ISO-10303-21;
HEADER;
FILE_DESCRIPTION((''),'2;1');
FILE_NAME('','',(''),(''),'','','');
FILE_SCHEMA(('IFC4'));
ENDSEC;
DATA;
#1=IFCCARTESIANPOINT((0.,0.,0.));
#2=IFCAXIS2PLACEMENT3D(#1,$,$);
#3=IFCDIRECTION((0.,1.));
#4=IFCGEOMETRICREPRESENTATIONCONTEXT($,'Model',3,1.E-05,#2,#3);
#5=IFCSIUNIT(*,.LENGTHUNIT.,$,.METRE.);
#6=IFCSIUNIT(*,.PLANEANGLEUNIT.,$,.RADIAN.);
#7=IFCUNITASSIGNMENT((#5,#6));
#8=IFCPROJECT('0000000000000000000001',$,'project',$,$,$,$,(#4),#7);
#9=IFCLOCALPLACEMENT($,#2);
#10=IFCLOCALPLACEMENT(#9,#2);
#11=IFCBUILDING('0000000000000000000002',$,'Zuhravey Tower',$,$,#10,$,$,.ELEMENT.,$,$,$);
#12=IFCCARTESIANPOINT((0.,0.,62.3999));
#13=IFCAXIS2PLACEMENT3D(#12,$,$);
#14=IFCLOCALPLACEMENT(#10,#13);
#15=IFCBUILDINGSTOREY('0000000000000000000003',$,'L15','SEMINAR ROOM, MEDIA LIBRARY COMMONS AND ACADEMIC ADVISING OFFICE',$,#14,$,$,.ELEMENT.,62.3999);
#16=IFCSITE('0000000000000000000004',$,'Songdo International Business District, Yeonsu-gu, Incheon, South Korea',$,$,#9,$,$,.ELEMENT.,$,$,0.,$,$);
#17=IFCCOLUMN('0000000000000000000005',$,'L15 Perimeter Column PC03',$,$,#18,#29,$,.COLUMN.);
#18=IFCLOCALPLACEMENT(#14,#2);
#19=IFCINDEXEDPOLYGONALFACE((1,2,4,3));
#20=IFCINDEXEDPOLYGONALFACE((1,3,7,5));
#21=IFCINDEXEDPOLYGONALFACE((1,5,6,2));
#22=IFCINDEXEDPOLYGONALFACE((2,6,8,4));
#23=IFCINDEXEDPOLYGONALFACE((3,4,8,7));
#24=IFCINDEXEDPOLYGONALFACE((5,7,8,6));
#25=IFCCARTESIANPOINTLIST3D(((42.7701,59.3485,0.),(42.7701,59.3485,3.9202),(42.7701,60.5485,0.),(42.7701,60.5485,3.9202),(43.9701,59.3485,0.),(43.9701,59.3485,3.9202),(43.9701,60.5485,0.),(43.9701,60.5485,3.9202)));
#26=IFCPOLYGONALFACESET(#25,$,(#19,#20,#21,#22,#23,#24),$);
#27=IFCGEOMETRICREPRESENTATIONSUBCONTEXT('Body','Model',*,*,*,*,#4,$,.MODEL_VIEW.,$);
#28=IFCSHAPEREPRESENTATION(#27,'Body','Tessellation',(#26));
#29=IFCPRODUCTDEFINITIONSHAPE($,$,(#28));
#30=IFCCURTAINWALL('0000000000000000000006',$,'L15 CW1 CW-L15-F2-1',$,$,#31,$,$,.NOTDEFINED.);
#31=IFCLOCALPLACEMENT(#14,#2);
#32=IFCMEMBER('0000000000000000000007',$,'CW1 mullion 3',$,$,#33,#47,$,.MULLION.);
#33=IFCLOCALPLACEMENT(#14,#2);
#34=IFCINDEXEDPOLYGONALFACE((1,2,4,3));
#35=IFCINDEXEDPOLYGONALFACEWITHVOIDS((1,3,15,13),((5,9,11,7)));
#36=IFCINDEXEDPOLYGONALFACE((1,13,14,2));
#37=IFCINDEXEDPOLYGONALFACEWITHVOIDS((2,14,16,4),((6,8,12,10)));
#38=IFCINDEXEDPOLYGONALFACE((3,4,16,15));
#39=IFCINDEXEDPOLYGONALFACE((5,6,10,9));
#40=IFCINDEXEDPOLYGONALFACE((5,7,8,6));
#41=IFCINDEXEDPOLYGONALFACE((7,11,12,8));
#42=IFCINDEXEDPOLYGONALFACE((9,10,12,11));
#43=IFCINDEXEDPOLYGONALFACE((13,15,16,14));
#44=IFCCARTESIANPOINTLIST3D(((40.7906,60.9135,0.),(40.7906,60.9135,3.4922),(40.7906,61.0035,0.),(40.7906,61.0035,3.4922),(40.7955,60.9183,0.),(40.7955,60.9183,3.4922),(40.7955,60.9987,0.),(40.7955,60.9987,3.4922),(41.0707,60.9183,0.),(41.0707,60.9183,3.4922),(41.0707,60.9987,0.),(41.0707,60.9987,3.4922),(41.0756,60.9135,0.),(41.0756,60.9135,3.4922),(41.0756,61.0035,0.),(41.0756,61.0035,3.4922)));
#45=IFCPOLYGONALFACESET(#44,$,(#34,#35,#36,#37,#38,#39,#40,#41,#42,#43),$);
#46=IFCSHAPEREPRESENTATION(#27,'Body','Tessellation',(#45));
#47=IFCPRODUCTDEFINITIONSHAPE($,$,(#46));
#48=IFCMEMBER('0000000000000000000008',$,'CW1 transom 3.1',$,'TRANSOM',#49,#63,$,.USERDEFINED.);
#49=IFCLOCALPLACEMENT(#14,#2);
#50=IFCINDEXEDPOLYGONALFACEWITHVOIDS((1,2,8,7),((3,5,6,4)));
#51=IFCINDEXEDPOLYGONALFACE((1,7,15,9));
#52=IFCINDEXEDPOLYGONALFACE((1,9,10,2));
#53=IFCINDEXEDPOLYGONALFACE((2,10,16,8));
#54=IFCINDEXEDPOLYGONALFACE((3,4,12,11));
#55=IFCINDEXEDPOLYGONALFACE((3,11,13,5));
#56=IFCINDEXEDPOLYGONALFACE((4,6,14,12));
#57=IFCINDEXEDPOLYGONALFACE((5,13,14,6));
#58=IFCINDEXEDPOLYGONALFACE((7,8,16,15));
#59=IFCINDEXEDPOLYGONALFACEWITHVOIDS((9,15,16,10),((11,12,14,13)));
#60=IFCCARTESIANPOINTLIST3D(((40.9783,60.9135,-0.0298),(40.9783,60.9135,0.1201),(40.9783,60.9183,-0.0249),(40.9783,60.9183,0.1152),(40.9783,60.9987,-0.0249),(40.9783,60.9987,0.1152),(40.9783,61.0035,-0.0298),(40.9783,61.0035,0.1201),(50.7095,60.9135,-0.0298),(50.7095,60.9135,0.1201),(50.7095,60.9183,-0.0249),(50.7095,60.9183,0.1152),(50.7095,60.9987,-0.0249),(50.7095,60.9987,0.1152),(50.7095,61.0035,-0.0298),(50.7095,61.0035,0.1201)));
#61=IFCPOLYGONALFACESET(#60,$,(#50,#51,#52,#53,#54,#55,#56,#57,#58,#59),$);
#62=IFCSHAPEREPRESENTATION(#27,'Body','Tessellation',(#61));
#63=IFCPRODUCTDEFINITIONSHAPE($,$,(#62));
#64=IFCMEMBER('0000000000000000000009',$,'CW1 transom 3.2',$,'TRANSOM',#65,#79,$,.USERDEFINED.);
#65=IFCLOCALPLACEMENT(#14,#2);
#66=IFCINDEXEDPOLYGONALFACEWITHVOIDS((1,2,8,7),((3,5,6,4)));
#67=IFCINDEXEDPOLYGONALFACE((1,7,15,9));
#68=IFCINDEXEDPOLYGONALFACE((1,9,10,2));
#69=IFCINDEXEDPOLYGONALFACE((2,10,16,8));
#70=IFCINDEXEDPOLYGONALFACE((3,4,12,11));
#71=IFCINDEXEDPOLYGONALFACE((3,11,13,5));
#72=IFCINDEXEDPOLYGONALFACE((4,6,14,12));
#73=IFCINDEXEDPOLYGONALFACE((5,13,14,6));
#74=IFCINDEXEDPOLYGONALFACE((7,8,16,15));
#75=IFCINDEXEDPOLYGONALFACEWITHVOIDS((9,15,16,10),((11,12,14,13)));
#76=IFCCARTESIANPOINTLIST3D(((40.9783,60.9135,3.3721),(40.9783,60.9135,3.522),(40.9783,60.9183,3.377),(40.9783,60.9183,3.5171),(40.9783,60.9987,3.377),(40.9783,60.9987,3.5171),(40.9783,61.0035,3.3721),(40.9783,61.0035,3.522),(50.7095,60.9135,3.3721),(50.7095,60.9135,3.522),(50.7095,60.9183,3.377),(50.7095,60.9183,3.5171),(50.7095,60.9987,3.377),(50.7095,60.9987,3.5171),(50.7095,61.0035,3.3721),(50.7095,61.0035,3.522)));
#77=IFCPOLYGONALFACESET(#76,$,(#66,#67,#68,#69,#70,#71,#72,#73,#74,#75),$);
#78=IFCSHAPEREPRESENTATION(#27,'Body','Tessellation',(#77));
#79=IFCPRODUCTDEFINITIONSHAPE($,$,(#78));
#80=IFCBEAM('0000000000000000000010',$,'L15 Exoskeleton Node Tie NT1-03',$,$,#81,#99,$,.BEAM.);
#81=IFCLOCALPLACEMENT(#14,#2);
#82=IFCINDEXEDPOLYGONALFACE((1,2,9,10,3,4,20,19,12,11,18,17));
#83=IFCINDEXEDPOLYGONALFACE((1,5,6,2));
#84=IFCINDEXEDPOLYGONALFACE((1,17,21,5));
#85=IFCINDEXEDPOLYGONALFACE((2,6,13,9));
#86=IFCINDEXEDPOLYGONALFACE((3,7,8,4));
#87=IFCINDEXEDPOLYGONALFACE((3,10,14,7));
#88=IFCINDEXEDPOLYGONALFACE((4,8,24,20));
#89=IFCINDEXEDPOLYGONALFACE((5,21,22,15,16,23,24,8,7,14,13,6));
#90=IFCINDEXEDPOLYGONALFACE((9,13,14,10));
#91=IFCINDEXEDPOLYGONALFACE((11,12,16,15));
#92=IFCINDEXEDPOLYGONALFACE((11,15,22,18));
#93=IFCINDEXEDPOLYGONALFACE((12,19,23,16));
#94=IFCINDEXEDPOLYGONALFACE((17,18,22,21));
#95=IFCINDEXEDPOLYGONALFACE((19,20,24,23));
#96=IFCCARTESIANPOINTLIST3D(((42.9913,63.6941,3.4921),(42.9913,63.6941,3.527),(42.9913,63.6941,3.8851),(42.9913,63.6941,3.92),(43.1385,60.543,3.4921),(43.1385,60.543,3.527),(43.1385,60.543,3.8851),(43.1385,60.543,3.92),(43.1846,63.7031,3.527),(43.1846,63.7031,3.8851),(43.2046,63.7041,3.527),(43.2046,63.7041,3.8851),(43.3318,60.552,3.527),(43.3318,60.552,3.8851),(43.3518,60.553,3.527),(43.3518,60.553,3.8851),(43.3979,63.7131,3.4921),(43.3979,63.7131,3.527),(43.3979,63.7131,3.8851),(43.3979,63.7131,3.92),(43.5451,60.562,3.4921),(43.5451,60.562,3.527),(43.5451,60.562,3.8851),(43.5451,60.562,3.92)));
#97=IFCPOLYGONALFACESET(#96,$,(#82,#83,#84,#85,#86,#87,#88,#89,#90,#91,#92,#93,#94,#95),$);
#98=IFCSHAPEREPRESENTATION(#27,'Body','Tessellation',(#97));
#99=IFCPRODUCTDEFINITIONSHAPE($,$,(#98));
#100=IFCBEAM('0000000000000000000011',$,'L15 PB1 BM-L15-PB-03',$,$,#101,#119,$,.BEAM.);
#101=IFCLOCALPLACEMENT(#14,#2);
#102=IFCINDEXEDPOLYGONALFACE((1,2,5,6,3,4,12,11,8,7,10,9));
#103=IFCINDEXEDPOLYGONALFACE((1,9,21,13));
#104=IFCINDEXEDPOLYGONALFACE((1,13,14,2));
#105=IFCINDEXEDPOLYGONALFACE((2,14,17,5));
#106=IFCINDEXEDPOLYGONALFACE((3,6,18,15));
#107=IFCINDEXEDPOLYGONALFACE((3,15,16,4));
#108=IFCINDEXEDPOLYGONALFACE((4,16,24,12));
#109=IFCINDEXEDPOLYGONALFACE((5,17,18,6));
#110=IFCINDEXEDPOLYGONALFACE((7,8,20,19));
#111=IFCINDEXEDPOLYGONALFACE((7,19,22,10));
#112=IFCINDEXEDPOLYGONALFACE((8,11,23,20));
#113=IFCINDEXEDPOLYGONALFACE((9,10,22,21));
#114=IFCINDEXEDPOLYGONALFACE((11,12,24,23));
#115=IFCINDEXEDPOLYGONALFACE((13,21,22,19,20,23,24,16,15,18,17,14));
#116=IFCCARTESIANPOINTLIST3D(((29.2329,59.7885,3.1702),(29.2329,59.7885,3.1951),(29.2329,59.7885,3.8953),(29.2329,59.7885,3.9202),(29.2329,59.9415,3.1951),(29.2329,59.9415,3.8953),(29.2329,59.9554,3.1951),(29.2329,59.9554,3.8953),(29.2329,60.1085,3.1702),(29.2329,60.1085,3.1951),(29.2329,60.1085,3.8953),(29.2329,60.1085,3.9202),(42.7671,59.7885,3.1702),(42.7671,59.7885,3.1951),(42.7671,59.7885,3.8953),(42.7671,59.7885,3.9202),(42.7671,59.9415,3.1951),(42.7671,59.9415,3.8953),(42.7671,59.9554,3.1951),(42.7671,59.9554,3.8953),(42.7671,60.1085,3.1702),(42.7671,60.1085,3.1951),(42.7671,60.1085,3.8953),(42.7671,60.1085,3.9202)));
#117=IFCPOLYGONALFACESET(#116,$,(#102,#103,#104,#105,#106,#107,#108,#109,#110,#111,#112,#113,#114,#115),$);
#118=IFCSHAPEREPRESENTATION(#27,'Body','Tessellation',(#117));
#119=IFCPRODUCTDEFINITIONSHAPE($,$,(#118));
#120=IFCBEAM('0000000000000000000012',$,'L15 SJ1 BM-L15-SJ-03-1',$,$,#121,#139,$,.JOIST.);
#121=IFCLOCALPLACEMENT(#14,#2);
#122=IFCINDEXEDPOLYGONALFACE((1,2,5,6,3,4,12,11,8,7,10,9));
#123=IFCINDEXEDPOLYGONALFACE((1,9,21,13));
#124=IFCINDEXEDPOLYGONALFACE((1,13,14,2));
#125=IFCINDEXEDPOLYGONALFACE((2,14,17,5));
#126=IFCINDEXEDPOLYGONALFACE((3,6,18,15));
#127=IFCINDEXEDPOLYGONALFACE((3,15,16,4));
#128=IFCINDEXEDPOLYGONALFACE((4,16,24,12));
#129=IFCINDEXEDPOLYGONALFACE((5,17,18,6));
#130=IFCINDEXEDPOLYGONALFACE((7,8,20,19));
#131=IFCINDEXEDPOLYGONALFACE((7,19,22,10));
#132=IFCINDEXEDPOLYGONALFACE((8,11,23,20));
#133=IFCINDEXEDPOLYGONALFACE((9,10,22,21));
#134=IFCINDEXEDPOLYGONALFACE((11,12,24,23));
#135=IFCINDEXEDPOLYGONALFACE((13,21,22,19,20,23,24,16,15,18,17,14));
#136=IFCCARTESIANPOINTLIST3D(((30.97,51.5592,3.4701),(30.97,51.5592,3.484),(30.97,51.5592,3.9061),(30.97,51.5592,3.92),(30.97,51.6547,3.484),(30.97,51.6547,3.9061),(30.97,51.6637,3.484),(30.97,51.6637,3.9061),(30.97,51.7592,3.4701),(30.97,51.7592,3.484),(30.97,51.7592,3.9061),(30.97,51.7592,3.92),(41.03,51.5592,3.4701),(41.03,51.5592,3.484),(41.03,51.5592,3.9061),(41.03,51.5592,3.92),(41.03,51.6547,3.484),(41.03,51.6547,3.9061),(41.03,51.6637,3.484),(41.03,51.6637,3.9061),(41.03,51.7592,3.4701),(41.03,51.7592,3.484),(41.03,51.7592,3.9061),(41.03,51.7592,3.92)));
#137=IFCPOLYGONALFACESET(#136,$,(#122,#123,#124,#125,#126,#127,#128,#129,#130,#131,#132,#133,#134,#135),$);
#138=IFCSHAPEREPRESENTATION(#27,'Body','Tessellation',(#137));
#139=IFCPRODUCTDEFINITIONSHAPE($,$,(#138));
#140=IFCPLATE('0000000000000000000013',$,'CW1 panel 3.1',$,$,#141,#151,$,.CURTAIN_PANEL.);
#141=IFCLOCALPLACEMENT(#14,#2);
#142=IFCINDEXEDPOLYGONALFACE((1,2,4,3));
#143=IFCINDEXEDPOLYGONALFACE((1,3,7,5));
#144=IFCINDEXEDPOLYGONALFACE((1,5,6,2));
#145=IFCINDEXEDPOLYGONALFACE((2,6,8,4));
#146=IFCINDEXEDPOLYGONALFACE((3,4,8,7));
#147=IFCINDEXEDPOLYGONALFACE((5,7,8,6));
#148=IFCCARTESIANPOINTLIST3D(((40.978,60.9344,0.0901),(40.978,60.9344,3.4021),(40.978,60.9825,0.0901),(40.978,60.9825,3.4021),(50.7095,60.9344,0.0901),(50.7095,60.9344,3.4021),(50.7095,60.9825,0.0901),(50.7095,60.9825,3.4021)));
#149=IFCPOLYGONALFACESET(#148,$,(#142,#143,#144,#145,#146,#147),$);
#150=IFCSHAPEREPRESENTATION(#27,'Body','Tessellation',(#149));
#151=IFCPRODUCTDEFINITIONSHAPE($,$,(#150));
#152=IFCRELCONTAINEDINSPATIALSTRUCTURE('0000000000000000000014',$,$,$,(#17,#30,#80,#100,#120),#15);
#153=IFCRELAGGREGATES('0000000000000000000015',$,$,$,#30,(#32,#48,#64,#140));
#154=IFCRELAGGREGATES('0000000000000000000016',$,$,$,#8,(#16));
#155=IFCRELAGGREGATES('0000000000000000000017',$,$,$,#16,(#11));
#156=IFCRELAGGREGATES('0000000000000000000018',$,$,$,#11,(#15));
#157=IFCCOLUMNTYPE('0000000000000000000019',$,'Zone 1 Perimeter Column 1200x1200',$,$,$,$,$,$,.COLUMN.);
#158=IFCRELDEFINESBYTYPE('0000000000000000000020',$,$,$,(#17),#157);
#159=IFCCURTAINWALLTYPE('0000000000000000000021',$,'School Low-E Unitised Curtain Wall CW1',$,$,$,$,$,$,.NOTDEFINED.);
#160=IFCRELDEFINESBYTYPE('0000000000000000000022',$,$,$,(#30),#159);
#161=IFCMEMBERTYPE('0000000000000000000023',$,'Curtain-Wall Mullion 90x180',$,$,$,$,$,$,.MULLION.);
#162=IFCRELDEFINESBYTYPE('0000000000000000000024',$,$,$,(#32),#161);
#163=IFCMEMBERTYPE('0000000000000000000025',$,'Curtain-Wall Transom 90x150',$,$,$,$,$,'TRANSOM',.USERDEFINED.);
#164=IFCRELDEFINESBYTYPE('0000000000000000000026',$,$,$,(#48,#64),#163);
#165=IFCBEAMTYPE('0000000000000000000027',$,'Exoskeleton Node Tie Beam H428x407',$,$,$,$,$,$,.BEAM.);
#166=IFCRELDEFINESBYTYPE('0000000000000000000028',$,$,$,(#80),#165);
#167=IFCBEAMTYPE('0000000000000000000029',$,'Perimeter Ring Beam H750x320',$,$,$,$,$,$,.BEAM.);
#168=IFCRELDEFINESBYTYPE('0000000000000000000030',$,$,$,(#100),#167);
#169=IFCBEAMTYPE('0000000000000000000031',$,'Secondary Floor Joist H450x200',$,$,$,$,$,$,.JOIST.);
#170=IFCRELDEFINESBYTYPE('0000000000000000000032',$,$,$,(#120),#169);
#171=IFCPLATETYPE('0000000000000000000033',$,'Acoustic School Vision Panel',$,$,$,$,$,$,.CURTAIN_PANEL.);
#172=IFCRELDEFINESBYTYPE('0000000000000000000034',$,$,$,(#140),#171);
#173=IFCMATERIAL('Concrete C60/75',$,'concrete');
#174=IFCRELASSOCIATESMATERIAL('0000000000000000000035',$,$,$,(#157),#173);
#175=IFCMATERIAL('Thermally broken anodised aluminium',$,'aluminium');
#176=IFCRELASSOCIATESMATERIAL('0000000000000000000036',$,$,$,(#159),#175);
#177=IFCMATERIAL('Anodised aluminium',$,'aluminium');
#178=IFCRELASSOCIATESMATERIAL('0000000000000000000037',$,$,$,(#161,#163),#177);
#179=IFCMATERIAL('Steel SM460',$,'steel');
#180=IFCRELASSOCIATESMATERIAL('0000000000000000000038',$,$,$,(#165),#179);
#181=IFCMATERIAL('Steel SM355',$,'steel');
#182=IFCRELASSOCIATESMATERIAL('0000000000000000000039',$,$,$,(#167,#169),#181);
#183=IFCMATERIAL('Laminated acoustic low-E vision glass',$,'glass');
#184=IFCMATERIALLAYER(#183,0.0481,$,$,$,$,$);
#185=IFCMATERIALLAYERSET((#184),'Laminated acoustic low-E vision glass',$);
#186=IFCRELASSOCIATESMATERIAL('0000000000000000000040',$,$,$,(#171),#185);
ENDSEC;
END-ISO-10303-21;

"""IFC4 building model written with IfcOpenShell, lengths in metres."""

from ifc_helpers import new_model, si_unit, direction, frame, origin, origin_2d, place, context, subcontext, project, spatial, rectangle, hollow_rectangle, i_section, extrude, material, layer, layer_set, material_profile, profile_set, type_object, element, aggregate, save


model = new_model("IFC4")

# Units and contexts
model_context = context("Model", 3, precision=1e-05, world=origin(), true_north=direction((0.0, 1.0)))
body_context = subcontext(model_context, "Body", "Model", "MODEL_VIEW")
ifc_project = project(units=[si_unit("LENGTHUNIT", "METRE"), si_unit("PLANEANGLEUNIT", "RADIAN")], contexts=[model_context])

# Site, building, storey
site_placement = place(None, origin())
site = spatial("IfcSite", under=ifc_project, at=site_placement, Name="Songdo International Business District, Yeonsu-gu, Incheon, South Korea", CompositionType="ELEMENT", RefElevation=0.0)
building_placement = place(site_placement, origin())
building = spatial("IfcBuilding", under=site, at=building_placement, Name="Zuhravey Tower", CompositionType="ELEMENT")
storey_placement = place(building_placement, frame((0.0, 0.0, 62.3999)))
storey = spatial("IfcBuildingStorey", under=building, at=storey_placement, Name="L15", Description="SEMINAR ROOM, MEDIA LIBRARY COMMONS AND ACADEMIC ADVISING OFFICE", CompositionType="ELEMENT", Elevation=62.3999)

# Column
ifc_material_1 = material(Name="Concrete C60/75", Category="concrete")
ifc_material_profile_1 = material_profile(ifc_material_1, rectangle(XDim=1.2, YDim=1.2, at=origin_2d()), Name="RC-1200x1200")
ifc_profile_set_1 = profile_set([ifc_material_profile_1], Name="Concrete C60/75")
column_type = type_object("IfcColumnType", Name="Zone 1 Perimeter Column 1200x1200", PredefinedType="COLUMN", material=ifc_profile_set_1)
column_placement = place(storey_placement, frame((43.3701, 59.9485, 0.0), z_axis=(0.0, 0.0, 1.0), x_axis=(-1.0, 0.0, 0.0)))
element("IfcColumn", 1, at=column_placement, inside=storey, type_object=column_type, Name="L15 Perimeter Column PC03", PredefinedType="COLUMN", context=body_context, shape_type="SweptSolid", body=[
    extrude(rectangle(XDim=1.2, YDim=1.2, at=origin_2d()), origin(), (0.0, 0.0, 1.0), 3.9202),
])

# Curtain wall, members
ifc_material_2 = material(Name="Thermally broken anodised aluminium", Category="aluminium")
curtain_wall_type = type_object("IfcCurtainWallType", Name="School Low-E Unitised Curtain Wall CW1", PredefinedType="NOTDEFINED", material=ifc_material_2)
curtain_wall_placement = place(storey_placement, origin())
curtain_wall = element("IfcCurtainWall", 2, at=curtain_wall_placement, inside=storey, type_object=curtain_wall_type, Name="L15 CW1 CW-L15-F2-1", PredefinedType="NOTDEFINED")
ifc_material_3 = material(Name="Anodised aluminium", Category="aluminium")
ifc_material_profile_2 = material_profile(ifc_material_3, hollow_rectangle(XDim=0.0901, YDim=0.2849, WallThickness=0.0049, at=origin_2d()), Name="ALU-RHS-90x285x5")
ifc_profile_set_2 = profile_set([ifc_material_profile_2], Name="Anodised aluminium")
member_type_1 = type_object("IfcMemberType", Name="Curtain-Wall Mullion 90x180", PredefinedType="MULLION", material=ifc_profile_set_2)
member_1_placement = place(storey_placement, frame((40.9331, 60.9585, 0.0), z_axis=(0.0, 0.0, 1.0), x_axis=(0.0, 1.0, 0.0)))
member_1 = element("IfcMember", 3, at=member_1_placement, type_object=member_type_1, Name="CW1 mullion 3", PredefinedType="MULLION", context=body_context, shape_type="SweptSolid", body=[
    extrude(hollow_rectangle(XDim=0.0901, YDim=0.2849, WallThickness=0.0049, at=origin_2d()), origin(), (0.0, 0.0, 1.0), 3.4922),
])
ifc_material_profile_3 = material_profile(ifc_material_3, hollow_rectangle(XDim=0.0901, YDim=0.1499, WallThickness=0.0049, at=origin_2d()), Name="ALU-RHS-90x150x5")
ifc_profile_set_3 = profile_set([ifc_material_profile_3], Name="Anodised aluminium")
member_type_2 = type_object("IfcMemberType", Name="Curtain-Wall Transom 90x150", ElementType="TRANSOM", PredefinedType="USERDEFINED", material=ifc_profile_set_3)
member_2_placement = place(storey_placement, frame((40.9783, 60.9585, 0.0452), z_axis=(1.0, 0.0, 0.0), x_axis=(0.0, 1.0, 0.0)))
member_2 = element("IfcMember", 4, at=member_2_placement, type_object=member_type_2, Name="CW1 transom 3.1", ObjectType="TRANSOM", PredefinedType="USERDEFINED", context=body_context, shape_type="SweptSolid", body=[
    extrude(hollow_rectangle(XDim=0.0901, YDim=0.1499, WallThickness=0.0049, at=origin_2d()), origin(), (0.0, 0.0, 1.0), 9.7312),
])
member_3_placement = place(storey_placement, frame((40.9783, 60.9585, 3.447), z_axis=(1.0, 0.0, 0.0), x_axis=(0.0, 1.0, 0.0)))
member_3 = element("IfcMember", 5, at=member_3_placement, type_object=member_type_2, Name="CW1 transom 3.2", ObjectType="TRANSOM", PredefinedType="USERDEFINED", context=body_context, shape_type="SweptSolid", body=[
    extrude(hollow_rectangle(XDim=0.0901, YDim=0.1499, WallThickness=0.0049, at=origin_2d()), origin(), (0.0, 0.0, 1.0), 9.7312),
])

# Beams
ifc_material_4 = material(Name="Steel SM460", Category="steel")
ifc_material_profile_4 = material_profile(ifc_material_4, i_section(OverallWidth=0.407, OverallDepth=0.428, WebThickness=0.02, FlangeThickness=0.0349, at=origin_2d()), Name="H-428x407x20x35")
ifc_profile_set_4 = profile_set([ifc_material_profile_4], Name="Steel SM460")
beam_type_1 = type_object("IfcBeamType", Name="Exoskeleton Node Tie Beam H428x407", PredefinedType="BEAM", material=ifc_profile_set_4)
beam_1_placement = place(storey_placement, frame((43.3418, 60.5525, 3.7061), z_axis=(-0.046668, 0.99891, 0.0), x_axis=(-0.99891, -0.046668, 0.0)))
element("IfcBeam", 6, at=beam_1_placement, inside=storey, type_object=beam_type_1, Name="L15 Exoskeleton Node Tie NT1-03", PredefinedType="BEAM", context=body_context, shape_type="SweptSolid", body=[
    extrude(i_section(OverallWidth=0.407, OverallDepth=0.428, WebThickness=0.02, FlangeThickness=0.0349, at=origin_2d()), origin(), (0.0, 0.0, 1.0), 3.1545),
])
ifc_material_5 = material(Name="Steel SM355", Category="steel")
ifc_material_profile_5 = material_profile(ifc_material_5, i_section(OverallWidth=0.3201, OverallDepth=0.75, WebThickness=0.0139, FlangeThickness=0.0249, at=origin_2d()), Name="H-750x320x14x25")
ifc_profile_set_5 = profile_set([ifc_material_profile_5], Name="Steel SM355")
beam_type_2 = type_object("IfcBeamType", Name="Perimeter Ring Beam H750x320", PredefinedType="BEAM", material=ifc_profile_set_5)
beam_2_placement = place(storey_placement, frame((42.7671, 59.9485, 3.5452), z_axis=(-1.0, 0.0, 0.0), x_axis=(0.0, -1.0, 0.0)))
element("IfcBeam", 7, at=beam_2_placement, inside=storey, type_object=beam_type_2, Name="L15 PB1 BM-L15-PB-03", PredefinedType="BEAM", context=body_context, shape_type="SweptSolid", body=[
    extrude(i_section(OverallWidth=0.3201, OverallDepth=0.75, WebThickness=0.0139, FlangeThickness=0.0249, at=origin_2d()), origin(), (0.0, 0.0, 1.0), 13.5342),
])
ifc_material_profile_6 = material_profile(ifc_material_5, i_section(OverallWidth=0.2, OverallDepth=0.45, WebThickness=0.009, FlangeThickness=0.0139, at=origin_2d()), Name="H-450x200x9x14")
ifc_profile_set_6 = profile_set([ifc_material_profile_6], Name="Steel SM355")
beam_type_3 = type_object("IfcBeamType", Name="Secondary Floor Joist H450x200", PredefinedType="JOIST", material=ifc_profile_set_6)
beam_3_placement = place(storey_placement, frame((41.03, 51.6592, 3.6951), z_axis=(-1.0, 0.0, 0.0), x_axis=(0.0, -1.0, 0.0)))
element("IfcBeam", 8, at=beam_3_placement, inside=storey, type_object=beam_type_3, Name="L15 SJ1 BM-L15-SJ-03-1", PredefinedType="JOIST", context=body_context, shape_type="SweptSolid", body=[
    extrude(i_section(OverallWidth=0.2, OverallDepth=0.45, WebThickness=0.009, FlangeThickness=0.0139, at=origin_2d()), origin(), (0.0, 0.0, 1.0), 10.0601),
])

# Plate
ifc_material_6 = material(Name="Laminated acoustic low-E vision glass", Category="glass")
ifc_layer_1 = layer(ifc_material_6, 0.0481)
ifc_layer_set_1 = layer_set([ifc_layer_1], Name="Laminated acoustic low-E vision glass")
plate_type = type_object("IfcPlateType", Name="Acoustic School Vision Panel", PredefinedType="CURTAIN_PANEL", material=ifc_layer_set_1)
plate_placement = place(storey_placement, frame((45.8438, 60.9585, 0.0901), z_axis=(0.0, 0.0, 1.0), x_axis=(1.0, 0.0, 0.0)))
plate = element("IfcPlate", 9, at=plate_placement, type_object=plate_type, Name="CW1 panel 3.1", PredefinedType="CURTAIN_PANEL", context=body_context, shape_type="SweptSolid", body=[
    extrude(rectangle(XDim=9.7314, YDim=0.0481, at=origin_2d()), origin(), (0.0, 0.0, 1.0), 3.312),
])
aggregate(curtain_wall, [member_1, member_2, member_3, plate])

save(model, "model.ifc")
